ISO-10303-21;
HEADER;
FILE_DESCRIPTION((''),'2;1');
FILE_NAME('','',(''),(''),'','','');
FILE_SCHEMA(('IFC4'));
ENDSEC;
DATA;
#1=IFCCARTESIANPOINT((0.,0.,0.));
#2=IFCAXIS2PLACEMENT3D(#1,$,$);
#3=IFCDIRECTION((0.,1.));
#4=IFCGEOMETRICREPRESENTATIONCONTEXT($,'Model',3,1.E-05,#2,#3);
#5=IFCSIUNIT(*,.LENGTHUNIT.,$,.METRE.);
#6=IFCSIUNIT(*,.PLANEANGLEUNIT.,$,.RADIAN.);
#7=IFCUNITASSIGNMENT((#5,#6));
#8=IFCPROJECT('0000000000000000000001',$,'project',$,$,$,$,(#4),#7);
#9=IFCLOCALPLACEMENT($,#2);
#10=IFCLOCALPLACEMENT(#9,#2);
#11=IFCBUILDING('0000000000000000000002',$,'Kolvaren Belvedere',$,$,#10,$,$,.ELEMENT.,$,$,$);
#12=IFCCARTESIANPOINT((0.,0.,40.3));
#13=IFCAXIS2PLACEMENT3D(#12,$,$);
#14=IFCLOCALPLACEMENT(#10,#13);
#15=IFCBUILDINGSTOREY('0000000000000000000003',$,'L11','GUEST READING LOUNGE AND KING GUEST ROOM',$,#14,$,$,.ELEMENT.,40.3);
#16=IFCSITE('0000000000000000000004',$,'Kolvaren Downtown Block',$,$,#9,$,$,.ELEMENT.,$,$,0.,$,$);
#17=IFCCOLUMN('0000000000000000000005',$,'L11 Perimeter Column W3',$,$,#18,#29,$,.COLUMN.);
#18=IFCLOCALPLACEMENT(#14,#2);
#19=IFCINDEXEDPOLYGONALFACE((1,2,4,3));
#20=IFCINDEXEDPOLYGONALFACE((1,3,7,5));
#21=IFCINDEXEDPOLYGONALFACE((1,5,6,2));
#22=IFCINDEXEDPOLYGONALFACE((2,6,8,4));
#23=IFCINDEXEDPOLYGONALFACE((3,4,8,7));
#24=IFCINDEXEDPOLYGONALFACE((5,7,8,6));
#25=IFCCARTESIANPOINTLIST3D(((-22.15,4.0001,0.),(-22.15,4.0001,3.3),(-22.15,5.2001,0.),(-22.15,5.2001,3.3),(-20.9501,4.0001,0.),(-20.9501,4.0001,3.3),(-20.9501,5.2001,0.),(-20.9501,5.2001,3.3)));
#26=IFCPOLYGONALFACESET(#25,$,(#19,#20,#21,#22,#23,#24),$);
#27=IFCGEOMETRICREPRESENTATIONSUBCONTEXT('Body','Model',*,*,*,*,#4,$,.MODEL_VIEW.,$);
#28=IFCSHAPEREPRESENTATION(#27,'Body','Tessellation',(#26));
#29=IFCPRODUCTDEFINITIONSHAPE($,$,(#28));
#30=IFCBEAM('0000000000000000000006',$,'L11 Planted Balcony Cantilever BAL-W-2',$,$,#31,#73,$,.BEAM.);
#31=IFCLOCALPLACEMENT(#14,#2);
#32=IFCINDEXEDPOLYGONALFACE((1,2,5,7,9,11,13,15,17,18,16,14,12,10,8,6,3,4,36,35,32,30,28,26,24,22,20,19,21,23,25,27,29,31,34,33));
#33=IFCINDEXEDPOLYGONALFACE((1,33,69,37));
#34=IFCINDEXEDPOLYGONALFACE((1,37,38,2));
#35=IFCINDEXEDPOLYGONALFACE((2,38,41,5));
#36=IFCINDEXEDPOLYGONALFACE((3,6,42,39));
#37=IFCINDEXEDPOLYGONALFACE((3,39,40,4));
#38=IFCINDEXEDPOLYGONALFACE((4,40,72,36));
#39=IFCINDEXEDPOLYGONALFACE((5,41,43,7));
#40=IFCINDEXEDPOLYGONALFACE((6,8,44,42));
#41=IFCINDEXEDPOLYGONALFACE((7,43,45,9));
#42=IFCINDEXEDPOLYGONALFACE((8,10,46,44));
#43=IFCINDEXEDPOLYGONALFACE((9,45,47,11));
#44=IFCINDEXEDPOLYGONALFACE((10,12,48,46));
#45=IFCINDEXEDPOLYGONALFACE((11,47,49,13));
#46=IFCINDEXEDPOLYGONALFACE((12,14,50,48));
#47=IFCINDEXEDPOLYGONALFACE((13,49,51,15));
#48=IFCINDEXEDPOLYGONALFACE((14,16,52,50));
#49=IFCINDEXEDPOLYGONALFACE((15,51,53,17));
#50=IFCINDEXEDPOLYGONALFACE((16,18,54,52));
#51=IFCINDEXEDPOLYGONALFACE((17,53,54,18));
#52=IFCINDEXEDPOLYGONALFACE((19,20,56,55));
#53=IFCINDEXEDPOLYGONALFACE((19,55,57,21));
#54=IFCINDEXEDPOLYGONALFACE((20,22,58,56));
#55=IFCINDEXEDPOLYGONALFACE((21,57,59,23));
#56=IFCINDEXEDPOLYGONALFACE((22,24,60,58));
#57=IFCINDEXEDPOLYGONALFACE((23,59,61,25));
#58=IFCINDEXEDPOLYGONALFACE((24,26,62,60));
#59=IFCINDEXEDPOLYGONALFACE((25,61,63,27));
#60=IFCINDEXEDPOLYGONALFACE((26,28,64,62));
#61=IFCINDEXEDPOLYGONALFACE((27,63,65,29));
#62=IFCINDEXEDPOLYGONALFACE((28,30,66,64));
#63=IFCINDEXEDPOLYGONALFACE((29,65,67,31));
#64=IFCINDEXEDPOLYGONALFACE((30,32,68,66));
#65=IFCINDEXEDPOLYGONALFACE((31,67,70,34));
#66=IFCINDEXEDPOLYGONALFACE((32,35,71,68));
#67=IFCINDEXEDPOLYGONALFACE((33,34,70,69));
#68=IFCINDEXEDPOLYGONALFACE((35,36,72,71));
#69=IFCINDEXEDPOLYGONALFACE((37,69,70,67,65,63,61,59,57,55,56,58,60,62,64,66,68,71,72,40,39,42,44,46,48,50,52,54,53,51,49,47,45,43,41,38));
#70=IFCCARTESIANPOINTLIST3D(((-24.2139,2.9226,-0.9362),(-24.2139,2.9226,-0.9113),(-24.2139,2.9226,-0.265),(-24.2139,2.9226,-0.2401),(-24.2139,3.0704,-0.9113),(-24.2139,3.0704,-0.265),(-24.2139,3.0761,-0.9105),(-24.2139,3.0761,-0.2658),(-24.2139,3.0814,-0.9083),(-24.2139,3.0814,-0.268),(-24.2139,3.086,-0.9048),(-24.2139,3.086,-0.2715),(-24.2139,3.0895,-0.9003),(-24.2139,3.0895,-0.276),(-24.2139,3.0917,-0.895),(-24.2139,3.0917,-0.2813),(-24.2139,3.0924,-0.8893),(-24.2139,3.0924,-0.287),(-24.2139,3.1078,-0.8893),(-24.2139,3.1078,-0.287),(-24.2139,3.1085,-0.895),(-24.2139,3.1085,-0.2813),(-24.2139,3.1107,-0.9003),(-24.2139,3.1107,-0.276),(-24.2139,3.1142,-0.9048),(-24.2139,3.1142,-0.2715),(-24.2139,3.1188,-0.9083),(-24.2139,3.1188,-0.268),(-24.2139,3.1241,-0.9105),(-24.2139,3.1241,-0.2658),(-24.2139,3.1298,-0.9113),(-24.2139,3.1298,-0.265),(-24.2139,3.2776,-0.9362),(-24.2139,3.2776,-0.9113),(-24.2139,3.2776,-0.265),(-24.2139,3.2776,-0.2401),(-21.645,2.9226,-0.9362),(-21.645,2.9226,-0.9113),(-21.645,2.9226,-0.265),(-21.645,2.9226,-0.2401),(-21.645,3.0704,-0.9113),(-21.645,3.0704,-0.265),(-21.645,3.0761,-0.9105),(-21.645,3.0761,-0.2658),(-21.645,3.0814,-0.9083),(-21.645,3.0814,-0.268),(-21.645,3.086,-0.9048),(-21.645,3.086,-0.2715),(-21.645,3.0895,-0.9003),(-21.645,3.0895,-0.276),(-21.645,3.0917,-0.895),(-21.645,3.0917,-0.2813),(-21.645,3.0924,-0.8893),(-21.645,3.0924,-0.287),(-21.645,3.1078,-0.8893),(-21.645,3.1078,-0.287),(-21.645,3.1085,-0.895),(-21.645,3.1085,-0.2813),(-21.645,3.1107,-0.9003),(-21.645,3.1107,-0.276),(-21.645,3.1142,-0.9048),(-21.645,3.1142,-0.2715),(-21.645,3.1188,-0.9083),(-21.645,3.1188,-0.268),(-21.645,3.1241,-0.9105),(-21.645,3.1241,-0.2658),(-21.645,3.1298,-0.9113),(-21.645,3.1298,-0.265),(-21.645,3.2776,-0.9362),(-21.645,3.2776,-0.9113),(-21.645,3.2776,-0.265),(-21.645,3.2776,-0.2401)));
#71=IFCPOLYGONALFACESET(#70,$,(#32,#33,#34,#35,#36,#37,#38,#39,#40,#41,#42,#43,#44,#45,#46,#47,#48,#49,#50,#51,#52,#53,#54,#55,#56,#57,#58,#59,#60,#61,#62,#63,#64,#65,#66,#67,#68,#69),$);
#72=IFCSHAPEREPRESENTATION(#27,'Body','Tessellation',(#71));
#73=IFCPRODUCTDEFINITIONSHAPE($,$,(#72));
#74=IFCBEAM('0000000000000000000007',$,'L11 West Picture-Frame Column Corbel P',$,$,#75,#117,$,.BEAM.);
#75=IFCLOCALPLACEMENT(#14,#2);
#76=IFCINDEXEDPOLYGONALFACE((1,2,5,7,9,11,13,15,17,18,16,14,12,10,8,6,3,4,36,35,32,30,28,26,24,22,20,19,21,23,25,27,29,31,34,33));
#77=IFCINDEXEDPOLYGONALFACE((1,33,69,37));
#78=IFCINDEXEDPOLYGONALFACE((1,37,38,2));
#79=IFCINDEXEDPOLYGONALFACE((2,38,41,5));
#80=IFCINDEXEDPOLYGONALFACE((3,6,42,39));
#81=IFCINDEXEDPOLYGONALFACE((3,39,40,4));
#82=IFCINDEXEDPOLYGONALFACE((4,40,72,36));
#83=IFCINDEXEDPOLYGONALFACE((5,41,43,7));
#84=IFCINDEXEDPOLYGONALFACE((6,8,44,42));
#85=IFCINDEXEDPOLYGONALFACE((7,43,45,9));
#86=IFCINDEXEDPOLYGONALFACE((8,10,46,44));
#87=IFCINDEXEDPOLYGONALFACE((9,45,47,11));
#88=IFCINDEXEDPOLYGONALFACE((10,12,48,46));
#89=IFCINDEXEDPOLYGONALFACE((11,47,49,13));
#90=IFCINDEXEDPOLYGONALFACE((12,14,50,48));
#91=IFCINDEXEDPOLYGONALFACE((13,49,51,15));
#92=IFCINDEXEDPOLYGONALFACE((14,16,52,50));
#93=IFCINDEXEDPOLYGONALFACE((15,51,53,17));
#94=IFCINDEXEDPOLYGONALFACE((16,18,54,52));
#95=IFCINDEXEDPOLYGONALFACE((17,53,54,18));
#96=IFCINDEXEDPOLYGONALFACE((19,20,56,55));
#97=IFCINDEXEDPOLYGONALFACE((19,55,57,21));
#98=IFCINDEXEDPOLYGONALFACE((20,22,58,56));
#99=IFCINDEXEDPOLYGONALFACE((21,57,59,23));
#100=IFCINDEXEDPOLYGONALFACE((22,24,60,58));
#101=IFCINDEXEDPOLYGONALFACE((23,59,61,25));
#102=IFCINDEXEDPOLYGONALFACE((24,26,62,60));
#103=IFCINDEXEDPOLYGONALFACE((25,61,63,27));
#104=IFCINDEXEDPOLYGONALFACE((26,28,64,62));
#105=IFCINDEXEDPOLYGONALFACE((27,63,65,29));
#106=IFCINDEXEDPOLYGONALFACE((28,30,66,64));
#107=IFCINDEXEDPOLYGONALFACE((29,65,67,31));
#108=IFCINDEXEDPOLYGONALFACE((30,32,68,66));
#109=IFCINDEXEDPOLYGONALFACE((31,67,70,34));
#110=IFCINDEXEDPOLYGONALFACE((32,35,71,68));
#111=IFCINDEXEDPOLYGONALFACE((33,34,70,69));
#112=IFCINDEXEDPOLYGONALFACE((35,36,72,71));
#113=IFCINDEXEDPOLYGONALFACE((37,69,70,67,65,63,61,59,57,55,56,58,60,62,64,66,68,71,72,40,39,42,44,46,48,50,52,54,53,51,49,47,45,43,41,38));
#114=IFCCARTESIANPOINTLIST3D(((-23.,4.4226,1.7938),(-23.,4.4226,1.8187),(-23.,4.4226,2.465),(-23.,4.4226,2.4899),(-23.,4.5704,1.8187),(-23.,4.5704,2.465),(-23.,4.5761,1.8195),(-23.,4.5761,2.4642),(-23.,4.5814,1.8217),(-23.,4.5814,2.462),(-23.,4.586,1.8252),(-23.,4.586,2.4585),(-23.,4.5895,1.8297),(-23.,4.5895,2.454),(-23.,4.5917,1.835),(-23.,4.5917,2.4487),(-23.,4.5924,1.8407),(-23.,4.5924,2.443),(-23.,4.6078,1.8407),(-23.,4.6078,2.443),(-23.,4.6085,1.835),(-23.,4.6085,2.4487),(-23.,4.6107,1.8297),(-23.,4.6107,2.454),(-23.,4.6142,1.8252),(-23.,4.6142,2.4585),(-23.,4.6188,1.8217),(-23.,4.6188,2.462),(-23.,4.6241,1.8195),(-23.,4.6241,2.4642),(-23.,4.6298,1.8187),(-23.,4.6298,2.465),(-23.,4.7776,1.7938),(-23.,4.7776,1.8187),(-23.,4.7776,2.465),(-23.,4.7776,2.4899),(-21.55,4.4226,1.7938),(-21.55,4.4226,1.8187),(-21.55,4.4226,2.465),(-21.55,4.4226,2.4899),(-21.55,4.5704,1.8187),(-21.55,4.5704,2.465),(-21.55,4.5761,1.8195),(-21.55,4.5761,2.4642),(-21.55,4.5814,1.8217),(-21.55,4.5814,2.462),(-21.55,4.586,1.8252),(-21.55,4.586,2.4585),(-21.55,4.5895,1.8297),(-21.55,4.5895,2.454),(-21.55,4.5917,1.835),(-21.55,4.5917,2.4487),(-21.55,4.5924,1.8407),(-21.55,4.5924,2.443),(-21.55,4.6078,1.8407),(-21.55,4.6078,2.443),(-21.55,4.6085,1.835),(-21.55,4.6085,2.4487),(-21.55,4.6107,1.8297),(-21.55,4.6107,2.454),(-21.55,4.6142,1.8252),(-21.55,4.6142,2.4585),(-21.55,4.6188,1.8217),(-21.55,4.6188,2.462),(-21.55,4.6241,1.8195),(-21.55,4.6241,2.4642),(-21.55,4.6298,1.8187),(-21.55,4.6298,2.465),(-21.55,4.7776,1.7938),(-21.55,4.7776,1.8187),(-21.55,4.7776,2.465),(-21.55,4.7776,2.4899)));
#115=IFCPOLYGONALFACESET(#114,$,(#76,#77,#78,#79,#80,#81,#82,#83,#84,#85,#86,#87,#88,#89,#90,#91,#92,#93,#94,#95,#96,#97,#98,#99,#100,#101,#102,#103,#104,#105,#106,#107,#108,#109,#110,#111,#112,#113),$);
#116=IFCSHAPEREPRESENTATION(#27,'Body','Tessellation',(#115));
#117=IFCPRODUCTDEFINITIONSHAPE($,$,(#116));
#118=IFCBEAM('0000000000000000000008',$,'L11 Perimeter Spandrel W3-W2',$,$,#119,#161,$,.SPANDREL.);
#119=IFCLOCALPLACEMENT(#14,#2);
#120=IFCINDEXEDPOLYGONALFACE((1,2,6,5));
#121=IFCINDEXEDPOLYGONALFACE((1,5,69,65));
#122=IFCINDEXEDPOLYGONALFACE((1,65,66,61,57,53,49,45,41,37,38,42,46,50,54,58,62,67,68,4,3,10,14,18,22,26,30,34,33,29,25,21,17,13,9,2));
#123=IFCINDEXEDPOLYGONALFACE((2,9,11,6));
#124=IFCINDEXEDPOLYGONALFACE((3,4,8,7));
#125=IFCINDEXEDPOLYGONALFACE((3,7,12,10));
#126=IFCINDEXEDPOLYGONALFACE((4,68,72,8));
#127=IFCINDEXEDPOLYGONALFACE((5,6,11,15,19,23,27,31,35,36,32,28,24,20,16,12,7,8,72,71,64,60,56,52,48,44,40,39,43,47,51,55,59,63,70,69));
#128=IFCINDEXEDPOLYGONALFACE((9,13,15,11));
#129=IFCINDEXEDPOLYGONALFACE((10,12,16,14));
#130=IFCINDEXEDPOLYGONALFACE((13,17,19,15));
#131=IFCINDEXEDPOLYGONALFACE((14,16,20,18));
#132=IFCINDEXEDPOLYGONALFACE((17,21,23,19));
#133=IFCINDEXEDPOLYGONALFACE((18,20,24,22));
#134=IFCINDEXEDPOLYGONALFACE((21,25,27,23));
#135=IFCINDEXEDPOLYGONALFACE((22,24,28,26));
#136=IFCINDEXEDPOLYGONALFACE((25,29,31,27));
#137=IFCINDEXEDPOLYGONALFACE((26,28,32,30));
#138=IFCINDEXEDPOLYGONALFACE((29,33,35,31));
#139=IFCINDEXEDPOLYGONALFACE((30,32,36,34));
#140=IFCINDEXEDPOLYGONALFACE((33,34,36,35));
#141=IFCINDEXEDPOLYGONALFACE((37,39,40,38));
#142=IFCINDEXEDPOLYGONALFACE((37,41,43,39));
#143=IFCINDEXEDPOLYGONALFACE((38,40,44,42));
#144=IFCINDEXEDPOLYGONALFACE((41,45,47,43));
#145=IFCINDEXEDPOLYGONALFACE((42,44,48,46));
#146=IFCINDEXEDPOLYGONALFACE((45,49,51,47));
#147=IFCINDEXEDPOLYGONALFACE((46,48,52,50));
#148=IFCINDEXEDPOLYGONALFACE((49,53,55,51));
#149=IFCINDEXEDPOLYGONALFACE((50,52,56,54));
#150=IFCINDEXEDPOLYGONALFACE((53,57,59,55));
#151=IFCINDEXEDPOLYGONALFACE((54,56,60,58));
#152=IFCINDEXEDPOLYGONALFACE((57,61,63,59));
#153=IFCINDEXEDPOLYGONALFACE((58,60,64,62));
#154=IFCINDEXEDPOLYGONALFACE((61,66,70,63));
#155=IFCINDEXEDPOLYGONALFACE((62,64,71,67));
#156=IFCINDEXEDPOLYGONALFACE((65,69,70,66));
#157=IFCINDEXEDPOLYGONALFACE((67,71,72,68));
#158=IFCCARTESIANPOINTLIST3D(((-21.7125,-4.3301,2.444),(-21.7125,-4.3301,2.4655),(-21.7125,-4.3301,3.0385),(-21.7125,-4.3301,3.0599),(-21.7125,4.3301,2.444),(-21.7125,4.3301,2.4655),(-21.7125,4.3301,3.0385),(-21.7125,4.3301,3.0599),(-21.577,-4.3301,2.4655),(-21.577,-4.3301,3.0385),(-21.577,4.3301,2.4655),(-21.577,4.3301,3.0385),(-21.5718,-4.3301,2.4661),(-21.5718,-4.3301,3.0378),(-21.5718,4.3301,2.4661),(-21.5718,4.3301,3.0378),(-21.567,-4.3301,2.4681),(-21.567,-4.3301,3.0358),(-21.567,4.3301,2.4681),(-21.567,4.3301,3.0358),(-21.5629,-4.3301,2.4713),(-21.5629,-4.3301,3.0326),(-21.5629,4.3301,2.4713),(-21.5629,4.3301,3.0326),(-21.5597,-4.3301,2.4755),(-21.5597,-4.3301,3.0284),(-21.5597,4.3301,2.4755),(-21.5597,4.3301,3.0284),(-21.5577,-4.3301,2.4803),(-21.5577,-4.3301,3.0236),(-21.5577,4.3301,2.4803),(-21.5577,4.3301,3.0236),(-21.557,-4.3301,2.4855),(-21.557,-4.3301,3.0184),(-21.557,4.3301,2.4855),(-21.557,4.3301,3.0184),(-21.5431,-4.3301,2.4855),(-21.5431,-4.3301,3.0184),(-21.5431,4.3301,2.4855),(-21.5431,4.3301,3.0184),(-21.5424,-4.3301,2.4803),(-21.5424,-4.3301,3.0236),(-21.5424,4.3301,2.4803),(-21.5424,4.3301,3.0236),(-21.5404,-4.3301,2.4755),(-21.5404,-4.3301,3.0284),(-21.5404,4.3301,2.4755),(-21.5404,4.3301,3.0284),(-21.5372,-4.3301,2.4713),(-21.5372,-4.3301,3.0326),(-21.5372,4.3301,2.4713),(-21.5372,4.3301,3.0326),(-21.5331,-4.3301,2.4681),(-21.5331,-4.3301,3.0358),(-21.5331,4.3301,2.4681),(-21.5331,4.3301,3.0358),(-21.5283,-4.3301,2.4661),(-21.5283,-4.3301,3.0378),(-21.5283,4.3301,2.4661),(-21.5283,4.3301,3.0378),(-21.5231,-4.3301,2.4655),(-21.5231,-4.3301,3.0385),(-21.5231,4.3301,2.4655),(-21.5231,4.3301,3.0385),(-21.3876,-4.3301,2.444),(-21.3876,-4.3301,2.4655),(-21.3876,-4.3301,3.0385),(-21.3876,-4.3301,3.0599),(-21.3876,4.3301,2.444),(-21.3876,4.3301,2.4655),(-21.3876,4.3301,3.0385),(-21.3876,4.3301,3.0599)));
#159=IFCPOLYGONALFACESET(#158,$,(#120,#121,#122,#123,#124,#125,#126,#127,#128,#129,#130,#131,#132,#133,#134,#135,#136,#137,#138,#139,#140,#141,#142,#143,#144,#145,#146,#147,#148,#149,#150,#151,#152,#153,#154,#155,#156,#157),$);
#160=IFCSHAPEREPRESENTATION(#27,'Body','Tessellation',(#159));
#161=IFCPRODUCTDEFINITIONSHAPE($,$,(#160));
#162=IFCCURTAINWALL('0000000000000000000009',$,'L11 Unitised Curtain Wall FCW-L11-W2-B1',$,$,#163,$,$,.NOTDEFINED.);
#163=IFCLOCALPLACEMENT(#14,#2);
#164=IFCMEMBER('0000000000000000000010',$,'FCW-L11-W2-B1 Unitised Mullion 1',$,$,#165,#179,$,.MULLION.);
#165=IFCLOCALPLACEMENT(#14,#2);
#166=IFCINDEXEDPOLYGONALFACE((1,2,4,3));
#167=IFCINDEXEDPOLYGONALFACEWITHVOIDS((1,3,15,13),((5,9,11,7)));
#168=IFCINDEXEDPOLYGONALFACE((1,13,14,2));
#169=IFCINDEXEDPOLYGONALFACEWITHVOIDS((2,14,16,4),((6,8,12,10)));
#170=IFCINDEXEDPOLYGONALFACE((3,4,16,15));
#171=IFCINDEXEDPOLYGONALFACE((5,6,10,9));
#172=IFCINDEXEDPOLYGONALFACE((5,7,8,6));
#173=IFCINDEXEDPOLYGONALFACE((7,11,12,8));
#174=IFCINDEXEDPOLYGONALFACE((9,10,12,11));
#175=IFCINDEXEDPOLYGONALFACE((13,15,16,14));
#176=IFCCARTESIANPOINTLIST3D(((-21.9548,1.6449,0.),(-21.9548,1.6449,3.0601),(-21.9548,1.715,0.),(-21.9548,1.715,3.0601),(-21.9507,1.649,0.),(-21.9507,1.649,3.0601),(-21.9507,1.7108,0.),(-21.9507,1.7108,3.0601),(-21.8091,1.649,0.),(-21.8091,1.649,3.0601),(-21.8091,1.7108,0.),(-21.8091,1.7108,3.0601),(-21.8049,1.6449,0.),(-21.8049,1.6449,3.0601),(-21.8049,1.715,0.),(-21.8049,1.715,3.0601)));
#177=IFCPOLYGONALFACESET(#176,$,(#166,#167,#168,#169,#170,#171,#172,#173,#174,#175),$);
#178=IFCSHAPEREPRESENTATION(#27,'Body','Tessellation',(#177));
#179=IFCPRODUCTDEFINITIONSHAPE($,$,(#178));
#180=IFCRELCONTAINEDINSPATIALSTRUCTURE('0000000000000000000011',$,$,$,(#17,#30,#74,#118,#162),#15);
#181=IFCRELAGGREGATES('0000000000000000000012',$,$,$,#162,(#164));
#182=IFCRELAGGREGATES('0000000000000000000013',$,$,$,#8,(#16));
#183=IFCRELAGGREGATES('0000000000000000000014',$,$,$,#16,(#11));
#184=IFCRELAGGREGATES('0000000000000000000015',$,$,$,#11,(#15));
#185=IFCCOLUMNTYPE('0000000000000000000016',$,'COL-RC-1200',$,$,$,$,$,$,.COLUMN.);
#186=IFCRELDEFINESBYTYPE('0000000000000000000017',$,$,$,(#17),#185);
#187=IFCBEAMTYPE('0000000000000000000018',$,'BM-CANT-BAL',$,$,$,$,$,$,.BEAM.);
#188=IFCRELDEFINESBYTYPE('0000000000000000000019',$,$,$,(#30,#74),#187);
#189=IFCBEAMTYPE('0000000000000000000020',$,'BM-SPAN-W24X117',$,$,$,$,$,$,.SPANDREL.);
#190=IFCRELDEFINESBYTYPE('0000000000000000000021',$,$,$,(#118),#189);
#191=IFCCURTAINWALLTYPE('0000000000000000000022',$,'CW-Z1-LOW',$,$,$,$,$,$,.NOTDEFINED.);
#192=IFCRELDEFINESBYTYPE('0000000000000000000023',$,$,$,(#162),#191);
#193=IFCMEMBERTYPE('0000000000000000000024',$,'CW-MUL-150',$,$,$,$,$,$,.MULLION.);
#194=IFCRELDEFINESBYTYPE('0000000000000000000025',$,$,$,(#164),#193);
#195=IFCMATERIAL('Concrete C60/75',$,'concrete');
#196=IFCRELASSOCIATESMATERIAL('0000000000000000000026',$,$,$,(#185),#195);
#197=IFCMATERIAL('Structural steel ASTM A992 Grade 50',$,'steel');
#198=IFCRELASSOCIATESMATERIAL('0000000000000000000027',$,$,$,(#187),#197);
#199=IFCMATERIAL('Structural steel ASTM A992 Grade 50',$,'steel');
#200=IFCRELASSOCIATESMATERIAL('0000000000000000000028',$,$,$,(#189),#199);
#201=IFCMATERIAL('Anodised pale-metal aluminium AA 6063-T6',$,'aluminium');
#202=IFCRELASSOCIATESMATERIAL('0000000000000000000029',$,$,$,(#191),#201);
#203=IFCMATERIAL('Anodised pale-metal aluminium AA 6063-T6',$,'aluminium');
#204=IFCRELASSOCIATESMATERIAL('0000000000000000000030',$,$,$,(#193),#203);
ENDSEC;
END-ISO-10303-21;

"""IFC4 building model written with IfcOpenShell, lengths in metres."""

from ifc_helpers import new_model, si_unit, direction, frame, origin, origin_2d, place, context, subcontext, project, spatial, rectangle, hollow_rectangle, i_section, extrude, material, material_profile, profile_set, type_object, element, aggregate, save


model = new_model("IFC4")

# Units and contexts
model_context = context("Model", 3, precision=1e-05, world=origin(), true_north=direction((0.0, 1.0)))
body_context = subcontext(model_context, "Body", "Model", "MODEL_VIEW")
ifc_project = project(units=[si_unit("LENGTHUNIT", "METRE"), si_unit("PLANEANGLEUNIT", "RADIAN")], contexts=[model_context])

# Site, building, storey
site_placement = place(None, origin())
site = spatial("IfcSite", under=ifc_project, at=site_placement, Name="Kolvaren Downtown Block", CompositionType="ELEMENT", RefElevation=0.0)
building_placement = place(site_placement, origin())
building = spatial("IfcBuilding", under=site, at=building_placement, Name="Kolvaren Belvedere", CompositionType="ELEMENT")
storey_placement = place(building_placement, frame((0.0, 0.0, 40.3)))
storey = spatial("IfcBuildingStorey", under=building, at=storey_placement, Name="L11", Description="GUEST READING LOUNGE AND KING GUEST ROOM", CompositionType="ELEMENT", Elevation=40.3)

# Column
ifc_material_1 = material(Name="Concrete C60/75", Category="concrete")
ifc_material_profile_1 = material_profile(ifc_material_1, rectangle(XDim=1.2, YDim=1.2, at=origin_2d()), Name="RC 1200X1200")
ifc_profile_set_1 = profile_set([ifc_material_profile_1], Name="Concrete C60/75")
column_type = type_object("IfcColumnType", Name="COL-RC-1200", PredefinedType="COLUMN", material=ifc_profile_set_1)
column_placement = place(storey_placement, frame((-21.55, 4.6001, 0.0), z_axis=(0.0, 0.0, 1.0), x_axis=(1.0, 0.0, 0.0)))
element("IfcColumn", 1, at=column_placement, inside=storey, type_object=column_type, Name="L11 Perimeter Column W3", PredefinedType="COLUMN", context=body_context, shape_type="SweptSolid", body=[
    extrude(rectangle(XDim=1.2, YDim=1.2, at=origin_2d()), origin(), (0.0, 0.0, 1.0), 3.3),
])

# Beams
ifc_material_2 = material(Name="Structural steel ASTM A992 Grade 50", Category="steel")
ifc_material_profile_2 = material_profile(ifc_material_2, i_section(OverallWidth=0.355, OverallDepth=0.696, WebThickness=0.0154, FlangeThickness=0.0249, FilletRadius=0.022, at=origin_2d()), Name="W27X146")
ifc_profile_set_2 = profile_set([ifc_material_profile_2], Name="Structural steel ASTM A992 Grade 50")
beam_type_1 = type_object("IfcBeamType", Name="BM-CANT-BAL", PredefinedType="BEAM", material=ifc_profile_set_2)
beam_1_placement = place(storey_placement, frame((-21.645, 3.1001, -0.5881), z_axis=(-1.0, 0.0, 0.0), x_axis=(0.0, -1.0, 0.0)))
element("IfcBeam", 2, at=beam_1_placement, inside=storey, type_object=beam_type_1, Name="L11 Planted Balcony Cantilever BAL-W-2", PredefinedType="BEAM", context=body_context, shape_type="SweptSolid", body=[
    extrude(i_section(OverallWidth=0.355, OverallDepth=0.696, WebThickness=0.0154, FlangeThickness=0.0249, FilletRadius=0.022, at=origin_2d()), origin(), (0.0, 0.0, 1.0), 2.5688),
])
beam_2_placement = place(storey_placement, frame((-21.55, 4.6001, 2.1418), z_axis=(-1.0, 0.0, 0.0), x_axis=(0.0, -1.0, 0.0)))
element("IfcBeam", 3, at=beam_2_placement, inside=storey, type_object=beam_type_1, Name="L11 West Picture-Frame Column Corbel P", PredefinedType="BEAM", context=body_context, shape_type="SweptSolid", body=[
    extrude(i_section(OverallWidth=0.355, OverallDepth=0.696, WebThickness=0.0154, FlangeThickness=0.0249, FilletRadius=0.022, at=origin_2d()), origin(), (0.0, 0.0, 1.0), 1.45),
])
ifc_material_3 = material(Name="Structural steel ASTM A992 Grade 50", Category="steel")
ifc_material_profile_3 = material_profile(ifc_material_3, i_section(OverallWidth=0.325, OverallDepth=0.616, WebThickness=0.0139, FlangeThickness=0.0215, FilletRadius=0.02, at=origin_2d()), Name="W24X117")
ifc_profile_set_3 = profile_set([ifc_material_profile_3], Name="Structural steel ASTM A992 Grade 50")
beam_type_2 = type_object("IfcBeamType", Name="BM-SPAN-W24X117", PredefinedType="SPANDREL", material=ifc_profile_set_3)
beam_3_placement = place(storey_placement, frame((-21.55, 4.3301, 2.752), z_axis=(0.0, -1.0, 0.0), x_axis=(1.0, 0.0, 0.0)))
element("IfcBeam", 4, at=beam_3_placement, inside=storey, type_object=beam_type_2, Name="L11 Perimeter Spandrel W3-W2", PredefinedType="SPANDREL", context=body_context, shape_type="SweptSolid", body=[
    extrude(i_section(OverallWidth=0.325, OverallDepth=0.616, WebThickness=0.0139, FlangeThickness=0.0215, FilletRadius=0.02, at=origin_2d()), origin(), (0.0, 0.0, 1.0), 8.6602),
])

# Curtain wall, member
ifc_material_4 = material(Name="Anodised pale-metal aluminium AA 6063-T6", Category="aluminium")
curtain_wall_type = type_object("IfcCurtainWallType", Name="CW-Z1-LOW", PredefinedType="NOTDEFINED", material=ifc_material_4)
curtain_wall_1_placement = place(storey_placement, origin())
curtain_wall_1 = element("IfcCurtainWall", 5, at=curtain_wall_1_placement, inside=storey, type_object=curtain_wall_type, Name="L11 Unitised Curtain Wall FCW-L11-W2-B1", PredefinedType="NOTDEFINED")
ifc_material_5 = material(Name="Anodised pale-metal aluminium AA 6063-T6", Category="aluminium")
ifc_material_profile_4 = material_profile(ifc_material_5, hollow_rectangle(XDim=0.0701, YDim=0.1499, WallThickness=0.0042, at=origin_2d()), Name="ALU-MUL-150X70")
ifc_profile_set_4 = profile_set([ifc_material_profile_4], Name="Anodised pale-metal aluminium AA 6063-T6")
member_type_1 = type_object("IfcMemberType", Name="CW-MUL-150", PredefinedType="MULLION", material=ifc_profile_set_4)
member_1_placement = place(storey_placement, frame((-21.8799, 1.6799, 0.0), z_axis=(0.0, 0.0, 1.0), x_axis=(0.0, 1.0, 0.0)))
member_1 = element("IfcMember", 6, at=member_1_placement, type_object=member_type_1, Name="FCW-L11-W2-B1 Unitised Mullion 1", PredefinedType="MULLION", context=body_context, shape_type="SweptSolid", body=[
    extrude(hollow_rectangle(XDim=0.0701, YDim=0.1499, WallThickness=0.0042, at=origin_2d()), origin(), (0.0, 0.0, 1.0), 3.0601),
])

aggregate(curtain_wall_1, [member_1])

save(model, "model.ifc")
